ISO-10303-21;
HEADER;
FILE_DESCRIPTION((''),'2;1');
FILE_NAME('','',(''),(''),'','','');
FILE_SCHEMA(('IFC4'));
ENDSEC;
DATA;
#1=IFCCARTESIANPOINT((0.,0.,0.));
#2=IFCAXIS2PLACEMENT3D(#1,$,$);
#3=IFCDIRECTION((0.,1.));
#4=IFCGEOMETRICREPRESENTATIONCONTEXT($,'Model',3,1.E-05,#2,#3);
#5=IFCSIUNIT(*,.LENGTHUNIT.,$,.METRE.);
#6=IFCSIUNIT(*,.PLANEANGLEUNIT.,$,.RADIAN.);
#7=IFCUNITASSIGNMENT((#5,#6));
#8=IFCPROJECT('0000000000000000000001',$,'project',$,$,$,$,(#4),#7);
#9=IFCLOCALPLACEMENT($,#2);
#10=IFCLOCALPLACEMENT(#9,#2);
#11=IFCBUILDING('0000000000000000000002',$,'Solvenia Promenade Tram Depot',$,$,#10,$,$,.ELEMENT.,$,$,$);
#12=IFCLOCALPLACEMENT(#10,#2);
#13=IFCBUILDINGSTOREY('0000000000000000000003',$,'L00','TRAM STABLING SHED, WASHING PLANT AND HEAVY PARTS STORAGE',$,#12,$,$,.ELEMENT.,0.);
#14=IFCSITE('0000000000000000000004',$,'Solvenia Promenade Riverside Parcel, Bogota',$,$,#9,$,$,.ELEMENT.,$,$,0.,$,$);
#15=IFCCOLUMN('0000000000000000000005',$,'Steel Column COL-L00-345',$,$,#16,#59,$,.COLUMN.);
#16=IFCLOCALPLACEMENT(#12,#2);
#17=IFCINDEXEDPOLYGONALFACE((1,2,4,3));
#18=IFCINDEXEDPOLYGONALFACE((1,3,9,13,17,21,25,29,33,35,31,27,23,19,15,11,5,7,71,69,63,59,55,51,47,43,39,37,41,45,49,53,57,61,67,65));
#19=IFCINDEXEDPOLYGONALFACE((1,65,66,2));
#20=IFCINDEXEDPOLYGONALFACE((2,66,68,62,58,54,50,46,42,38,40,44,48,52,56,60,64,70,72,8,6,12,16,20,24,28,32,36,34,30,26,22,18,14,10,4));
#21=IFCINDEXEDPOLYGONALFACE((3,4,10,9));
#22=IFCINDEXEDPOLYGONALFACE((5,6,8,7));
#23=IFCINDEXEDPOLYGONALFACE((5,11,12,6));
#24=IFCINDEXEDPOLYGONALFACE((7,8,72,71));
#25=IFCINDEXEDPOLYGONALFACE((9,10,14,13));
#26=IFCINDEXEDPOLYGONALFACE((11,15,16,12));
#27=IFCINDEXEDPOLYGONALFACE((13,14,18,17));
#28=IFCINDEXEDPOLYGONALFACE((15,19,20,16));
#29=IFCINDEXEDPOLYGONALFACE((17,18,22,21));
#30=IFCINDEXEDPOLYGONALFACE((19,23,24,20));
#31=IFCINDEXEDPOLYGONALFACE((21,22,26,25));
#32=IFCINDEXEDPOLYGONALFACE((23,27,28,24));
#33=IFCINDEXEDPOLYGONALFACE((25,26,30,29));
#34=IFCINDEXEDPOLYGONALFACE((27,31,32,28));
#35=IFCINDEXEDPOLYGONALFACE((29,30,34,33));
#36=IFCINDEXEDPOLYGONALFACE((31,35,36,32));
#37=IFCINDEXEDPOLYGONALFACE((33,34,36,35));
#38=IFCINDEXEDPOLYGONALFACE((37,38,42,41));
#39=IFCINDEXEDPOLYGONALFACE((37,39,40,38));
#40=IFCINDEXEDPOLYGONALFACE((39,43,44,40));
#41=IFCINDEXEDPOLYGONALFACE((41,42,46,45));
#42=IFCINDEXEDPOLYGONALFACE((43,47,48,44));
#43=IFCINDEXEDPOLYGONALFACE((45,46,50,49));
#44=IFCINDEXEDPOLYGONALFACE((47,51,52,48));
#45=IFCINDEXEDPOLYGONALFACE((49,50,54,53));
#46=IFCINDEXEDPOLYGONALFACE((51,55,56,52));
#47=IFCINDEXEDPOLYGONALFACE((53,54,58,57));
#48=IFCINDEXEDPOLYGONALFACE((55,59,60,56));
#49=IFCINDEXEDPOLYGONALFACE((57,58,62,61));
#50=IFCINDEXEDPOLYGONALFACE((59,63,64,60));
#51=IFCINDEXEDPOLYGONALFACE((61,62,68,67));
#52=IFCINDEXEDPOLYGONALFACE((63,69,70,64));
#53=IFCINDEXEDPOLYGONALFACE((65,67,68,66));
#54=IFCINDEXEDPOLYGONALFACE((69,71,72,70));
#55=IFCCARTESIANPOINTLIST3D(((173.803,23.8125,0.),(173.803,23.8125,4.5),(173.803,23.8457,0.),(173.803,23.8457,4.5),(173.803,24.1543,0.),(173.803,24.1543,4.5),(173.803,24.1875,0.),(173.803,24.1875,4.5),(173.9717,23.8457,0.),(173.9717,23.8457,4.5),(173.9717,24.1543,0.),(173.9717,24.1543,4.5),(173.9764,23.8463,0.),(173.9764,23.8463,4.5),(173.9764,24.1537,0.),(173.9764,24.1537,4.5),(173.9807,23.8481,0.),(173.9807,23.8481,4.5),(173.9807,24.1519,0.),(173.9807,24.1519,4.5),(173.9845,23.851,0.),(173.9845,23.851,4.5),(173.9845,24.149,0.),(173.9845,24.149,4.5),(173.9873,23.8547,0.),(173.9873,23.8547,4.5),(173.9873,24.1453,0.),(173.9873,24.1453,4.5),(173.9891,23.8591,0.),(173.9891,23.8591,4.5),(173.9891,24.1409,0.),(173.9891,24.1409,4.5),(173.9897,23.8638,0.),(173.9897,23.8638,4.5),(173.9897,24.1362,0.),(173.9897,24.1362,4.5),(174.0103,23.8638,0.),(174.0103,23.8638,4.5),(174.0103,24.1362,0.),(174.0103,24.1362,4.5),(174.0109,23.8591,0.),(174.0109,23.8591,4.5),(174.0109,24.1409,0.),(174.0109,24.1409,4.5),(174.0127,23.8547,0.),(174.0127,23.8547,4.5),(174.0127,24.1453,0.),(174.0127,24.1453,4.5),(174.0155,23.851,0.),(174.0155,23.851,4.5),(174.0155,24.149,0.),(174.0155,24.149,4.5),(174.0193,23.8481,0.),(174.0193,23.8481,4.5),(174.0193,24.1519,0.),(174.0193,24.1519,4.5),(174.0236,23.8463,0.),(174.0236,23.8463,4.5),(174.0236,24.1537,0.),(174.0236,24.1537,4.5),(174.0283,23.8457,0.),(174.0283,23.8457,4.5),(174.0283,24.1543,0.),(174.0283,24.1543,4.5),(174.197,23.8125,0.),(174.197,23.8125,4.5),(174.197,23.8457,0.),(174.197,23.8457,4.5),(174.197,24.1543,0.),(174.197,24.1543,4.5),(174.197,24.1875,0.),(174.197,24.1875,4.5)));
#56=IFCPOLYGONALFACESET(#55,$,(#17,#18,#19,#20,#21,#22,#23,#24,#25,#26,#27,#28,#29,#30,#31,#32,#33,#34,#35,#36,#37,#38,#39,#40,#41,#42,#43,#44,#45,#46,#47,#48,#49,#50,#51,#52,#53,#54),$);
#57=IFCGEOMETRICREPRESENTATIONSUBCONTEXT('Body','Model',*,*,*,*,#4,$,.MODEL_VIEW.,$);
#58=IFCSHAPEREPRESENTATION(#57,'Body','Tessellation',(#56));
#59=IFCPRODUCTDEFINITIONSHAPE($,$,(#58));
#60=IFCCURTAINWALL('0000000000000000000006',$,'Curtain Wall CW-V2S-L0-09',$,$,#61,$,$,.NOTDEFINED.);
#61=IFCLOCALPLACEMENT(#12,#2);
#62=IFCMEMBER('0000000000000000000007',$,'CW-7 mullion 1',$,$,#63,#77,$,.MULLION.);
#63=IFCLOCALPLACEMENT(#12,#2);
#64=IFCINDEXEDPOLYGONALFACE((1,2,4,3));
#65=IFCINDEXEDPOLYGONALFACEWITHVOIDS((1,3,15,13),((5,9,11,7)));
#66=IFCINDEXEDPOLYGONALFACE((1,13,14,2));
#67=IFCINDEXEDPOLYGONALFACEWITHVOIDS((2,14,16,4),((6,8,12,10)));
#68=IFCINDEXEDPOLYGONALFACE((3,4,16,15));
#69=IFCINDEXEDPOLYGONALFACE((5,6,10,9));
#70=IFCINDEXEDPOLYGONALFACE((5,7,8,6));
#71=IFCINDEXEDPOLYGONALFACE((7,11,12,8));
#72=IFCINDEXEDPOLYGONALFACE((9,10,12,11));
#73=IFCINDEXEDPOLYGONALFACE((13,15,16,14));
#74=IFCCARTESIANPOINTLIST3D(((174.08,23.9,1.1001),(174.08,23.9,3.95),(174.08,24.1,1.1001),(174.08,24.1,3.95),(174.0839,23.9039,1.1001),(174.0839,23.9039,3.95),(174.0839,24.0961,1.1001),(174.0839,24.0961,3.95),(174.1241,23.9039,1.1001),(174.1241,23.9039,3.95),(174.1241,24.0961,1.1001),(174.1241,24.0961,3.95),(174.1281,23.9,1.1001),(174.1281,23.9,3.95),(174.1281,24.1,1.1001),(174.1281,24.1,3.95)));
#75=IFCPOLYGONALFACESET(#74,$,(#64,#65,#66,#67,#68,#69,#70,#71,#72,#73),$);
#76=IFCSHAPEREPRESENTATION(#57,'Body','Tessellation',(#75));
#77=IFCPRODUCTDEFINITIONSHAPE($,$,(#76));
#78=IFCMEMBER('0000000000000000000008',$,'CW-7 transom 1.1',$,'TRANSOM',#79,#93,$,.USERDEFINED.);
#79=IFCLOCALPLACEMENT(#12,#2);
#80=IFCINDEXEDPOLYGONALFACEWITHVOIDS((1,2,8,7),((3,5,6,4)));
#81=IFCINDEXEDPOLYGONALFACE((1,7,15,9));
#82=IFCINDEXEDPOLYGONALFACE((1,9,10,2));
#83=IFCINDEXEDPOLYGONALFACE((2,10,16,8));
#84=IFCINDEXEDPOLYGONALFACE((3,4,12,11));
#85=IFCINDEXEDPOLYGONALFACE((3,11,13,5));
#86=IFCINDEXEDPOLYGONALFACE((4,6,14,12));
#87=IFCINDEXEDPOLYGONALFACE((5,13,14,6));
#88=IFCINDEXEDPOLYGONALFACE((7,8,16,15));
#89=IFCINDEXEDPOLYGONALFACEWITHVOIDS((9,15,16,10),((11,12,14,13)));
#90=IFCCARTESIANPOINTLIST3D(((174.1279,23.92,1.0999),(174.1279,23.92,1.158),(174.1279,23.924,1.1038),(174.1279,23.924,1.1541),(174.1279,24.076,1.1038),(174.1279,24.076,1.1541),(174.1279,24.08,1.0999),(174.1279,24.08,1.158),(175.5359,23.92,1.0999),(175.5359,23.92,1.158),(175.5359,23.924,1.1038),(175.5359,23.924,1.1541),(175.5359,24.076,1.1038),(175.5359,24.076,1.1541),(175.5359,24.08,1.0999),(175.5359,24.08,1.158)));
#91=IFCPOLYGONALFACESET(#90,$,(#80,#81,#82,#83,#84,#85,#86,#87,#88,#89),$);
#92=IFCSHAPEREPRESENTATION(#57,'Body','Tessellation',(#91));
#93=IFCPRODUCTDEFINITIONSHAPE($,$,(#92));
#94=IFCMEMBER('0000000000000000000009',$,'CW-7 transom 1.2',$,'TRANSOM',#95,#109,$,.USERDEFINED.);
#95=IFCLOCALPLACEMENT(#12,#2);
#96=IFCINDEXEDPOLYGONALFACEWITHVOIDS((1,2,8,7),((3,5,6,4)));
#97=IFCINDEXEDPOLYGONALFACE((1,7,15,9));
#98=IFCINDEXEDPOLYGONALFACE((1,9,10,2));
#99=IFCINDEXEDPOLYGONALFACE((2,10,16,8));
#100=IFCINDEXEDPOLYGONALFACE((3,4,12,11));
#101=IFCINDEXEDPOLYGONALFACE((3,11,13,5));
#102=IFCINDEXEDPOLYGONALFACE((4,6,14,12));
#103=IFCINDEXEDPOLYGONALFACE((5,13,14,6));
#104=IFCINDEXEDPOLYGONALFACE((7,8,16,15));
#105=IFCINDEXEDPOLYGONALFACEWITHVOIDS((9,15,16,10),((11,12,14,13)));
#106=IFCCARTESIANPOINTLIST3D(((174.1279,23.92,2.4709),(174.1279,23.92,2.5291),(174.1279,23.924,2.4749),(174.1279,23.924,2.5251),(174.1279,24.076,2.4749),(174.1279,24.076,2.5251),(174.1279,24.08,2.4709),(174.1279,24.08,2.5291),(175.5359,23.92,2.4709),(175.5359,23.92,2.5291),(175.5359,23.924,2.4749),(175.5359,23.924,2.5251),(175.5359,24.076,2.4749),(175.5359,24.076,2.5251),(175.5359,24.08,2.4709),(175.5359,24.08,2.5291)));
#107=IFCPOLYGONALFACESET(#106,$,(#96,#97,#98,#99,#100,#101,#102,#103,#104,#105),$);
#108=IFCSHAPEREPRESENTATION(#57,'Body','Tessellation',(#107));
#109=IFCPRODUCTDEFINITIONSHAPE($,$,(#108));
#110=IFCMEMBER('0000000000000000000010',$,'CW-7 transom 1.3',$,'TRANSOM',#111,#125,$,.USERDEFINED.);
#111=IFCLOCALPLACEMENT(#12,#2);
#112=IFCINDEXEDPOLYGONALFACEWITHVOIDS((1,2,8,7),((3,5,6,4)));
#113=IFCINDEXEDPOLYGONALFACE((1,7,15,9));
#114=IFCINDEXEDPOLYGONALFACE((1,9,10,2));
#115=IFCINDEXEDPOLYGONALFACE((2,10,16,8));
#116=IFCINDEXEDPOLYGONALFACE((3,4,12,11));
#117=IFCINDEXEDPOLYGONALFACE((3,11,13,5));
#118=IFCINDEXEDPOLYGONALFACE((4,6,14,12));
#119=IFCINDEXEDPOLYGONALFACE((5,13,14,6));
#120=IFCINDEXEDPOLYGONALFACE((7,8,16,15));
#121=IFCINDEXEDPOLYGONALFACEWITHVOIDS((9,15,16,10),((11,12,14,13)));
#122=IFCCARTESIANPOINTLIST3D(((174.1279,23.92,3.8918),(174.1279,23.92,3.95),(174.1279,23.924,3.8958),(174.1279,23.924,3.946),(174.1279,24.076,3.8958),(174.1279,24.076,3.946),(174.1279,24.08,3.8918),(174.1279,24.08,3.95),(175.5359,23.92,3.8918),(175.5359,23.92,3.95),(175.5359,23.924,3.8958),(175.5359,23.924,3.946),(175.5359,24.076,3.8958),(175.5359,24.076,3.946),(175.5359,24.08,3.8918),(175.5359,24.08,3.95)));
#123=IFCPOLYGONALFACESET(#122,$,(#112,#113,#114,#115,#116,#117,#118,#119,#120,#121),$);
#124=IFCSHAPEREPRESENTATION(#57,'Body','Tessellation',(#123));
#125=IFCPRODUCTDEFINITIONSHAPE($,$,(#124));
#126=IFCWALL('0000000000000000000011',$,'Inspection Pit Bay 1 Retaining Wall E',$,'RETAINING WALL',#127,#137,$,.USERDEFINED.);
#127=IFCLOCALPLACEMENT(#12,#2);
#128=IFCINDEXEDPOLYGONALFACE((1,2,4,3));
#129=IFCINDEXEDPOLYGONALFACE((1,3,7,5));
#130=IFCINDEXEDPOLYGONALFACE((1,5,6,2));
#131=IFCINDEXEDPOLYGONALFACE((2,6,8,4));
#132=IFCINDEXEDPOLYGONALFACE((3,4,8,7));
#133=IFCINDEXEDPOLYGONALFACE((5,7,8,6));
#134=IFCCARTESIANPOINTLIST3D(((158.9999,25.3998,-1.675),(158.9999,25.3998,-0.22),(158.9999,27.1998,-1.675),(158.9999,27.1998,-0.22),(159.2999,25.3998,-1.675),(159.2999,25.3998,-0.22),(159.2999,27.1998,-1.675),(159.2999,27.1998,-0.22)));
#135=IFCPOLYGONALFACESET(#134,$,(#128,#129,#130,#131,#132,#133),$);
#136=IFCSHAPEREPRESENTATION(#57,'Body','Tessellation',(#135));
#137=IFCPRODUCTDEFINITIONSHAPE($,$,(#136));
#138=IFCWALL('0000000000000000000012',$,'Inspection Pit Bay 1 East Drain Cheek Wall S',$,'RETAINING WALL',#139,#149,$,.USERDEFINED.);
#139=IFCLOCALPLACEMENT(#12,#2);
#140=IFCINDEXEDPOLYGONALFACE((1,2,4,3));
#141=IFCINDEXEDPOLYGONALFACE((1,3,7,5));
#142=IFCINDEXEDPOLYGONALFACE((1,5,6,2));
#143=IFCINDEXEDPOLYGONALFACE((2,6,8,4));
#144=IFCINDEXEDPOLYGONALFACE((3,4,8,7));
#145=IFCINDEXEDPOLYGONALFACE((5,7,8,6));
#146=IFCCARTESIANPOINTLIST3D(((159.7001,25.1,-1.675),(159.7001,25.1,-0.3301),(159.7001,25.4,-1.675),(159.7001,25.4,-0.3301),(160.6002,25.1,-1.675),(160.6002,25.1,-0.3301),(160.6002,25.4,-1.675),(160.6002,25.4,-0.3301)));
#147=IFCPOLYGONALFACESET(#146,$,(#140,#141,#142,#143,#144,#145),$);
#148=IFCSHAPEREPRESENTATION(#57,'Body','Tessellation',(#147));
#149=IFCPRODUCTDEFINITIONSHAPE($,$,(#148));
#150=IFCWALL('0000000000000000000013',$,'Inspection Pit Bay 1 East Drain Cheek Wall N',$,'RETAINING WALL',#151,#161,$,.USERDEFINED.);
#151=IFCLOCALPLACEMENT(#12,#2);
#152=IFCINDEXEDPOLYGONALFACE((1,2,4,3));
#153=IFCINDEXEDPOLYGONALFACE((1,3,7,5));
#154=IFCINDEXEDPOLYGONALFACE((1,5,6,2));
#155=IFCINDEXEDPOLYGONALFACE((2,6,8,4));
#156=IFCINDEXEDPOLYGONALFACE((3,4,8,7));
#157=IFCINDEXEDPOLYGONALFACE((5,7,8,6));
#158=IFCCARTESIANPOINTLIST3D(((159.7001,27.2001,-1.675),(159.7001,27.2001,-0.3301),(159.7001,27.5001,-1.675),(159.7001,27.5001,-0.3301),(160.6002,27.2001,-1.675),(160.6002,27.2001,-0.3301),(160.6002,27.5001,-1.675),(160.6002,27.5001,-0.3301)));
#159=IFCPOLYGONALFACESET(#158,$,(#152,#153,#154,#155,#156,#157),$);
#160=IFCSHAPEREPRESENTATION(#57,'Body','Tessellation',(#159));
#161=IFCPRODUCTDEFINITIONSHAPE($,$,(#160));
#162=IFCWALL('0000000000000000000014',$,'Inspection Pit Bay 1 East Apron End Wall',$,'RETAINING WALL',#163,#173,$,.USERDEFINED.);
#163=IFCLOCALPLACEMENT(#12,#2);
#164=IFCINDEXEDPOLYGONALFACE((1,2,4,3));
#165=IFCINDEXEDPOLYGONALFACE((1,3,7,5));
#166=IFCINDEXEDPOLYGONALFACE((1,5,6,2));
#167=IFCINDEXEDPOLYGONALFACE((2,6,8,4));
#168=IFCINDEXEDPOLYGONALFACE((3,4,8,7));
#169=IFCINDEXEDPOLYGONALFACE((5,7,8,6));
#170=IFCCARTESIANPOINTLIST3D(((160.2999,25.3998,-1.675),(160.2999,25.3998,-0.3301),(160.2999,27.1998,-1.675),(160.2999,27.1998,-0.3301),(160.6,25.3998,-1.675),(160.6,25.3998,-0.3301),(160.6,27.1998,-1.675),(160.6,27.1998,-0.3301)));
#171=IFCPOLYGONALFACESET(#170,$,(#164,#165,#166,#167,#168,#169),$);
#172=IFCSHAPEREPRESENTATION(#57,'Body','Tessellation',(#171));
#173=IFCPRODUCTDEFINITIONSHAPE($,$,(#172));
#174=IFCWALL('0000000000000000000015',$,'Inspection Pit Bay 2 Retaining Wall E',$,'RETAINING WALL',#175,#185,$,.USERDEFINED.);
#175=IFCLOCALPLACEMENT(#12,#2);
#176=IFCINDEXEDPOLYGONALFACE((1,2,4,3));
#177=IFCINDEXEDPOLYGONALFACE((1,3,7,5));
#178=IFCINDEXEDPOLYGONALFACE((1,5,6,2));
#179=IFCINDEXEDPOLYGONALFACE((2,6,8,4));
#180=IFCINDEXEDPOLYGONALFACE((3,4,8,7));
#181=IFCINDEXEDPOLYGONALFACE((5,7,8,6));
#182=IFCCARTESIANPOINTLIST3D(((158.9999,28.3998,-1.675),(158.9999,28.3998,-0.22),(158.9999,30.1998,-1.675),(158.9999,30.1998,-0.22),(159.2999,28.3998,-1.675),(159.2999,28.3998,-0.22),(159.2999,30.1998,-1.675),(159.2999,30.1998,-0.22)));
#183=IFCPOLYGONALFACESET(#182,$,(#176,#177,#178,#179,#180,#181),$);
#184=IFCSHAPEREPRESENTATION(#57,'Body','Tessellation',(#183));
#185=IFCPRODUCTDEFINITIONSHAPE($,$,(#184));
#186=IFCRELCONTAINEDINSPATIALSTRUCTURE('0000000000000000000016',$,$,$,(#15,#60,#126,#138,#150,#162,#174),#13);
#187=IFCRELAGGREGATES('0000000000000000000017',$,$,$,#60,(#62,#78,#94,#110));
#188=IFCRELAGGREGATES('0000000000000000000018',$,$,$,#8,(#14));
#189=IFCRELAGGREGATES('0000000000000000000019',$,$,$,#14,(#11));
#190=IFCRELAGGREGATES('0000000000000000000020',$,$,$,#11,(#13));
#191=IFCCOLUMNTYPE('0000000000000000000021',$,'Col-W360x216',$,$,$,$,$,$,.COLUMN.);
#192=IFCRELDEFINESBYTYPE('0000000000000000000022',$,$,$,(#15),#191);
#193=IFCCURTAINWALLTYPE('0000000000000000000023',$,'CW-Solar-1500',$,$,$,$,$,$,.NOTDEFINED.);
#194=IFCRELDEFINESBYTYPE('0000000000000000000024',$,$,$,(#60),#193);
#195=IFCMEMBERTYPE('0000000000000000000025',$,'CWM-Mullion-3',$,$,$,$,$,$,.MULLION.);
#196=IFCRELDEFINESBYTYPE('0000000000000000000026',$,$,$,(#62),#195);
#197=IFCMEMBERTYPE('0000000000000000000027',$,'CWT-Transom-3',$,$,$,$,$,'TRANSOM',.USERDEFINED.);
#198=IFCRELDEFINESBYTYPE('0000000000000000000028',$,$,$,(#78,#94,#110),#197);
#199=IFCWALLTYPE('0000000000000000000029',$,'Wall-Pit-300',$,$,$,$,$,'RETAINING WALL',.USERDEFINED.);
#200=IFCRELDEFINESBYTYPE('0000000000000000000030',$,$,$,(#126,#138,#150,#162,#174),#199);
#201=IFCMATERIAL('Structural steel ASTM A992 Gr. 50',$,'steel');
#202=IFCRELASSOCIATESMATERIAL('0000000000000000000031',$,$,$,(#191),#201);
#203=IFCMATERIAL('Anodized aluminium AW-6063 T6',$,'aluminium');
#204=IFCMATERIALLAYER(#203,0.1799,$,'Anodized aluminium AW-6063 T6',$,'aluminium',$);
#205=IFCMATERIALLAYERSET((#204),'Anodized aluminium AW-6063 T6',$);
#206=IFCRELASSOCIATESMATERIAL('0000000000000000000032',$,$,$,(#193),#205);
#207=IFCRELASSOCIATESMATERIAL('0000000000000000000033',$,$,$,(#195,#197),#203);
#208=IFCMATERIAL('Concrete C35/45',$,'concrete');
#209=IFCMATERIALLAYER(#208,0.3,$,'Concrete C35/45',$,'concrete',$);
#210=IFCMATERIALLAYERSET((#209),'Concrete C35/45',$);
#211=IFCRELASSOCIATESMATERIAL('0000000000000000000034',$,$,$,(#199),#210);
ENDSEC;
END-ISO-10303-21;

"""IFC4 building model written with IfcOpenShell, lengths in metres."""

from ifc_helpers import new_model, si_unit, direction, frame, frame_2d, origin, origin_2d, place, context, subcontext, project, spatial, rectangle, hollow_rectangle, i_section, extrude, material, layer, layer_set, material_profile, profile_set, type_object, element, aggregate, save


model = new_model("IFC4")

# Units and contexts
model_context = context("Model", 3, precision=1e-05, world=origin(), true_north=direction((0.0, 1.0)))
body_context = subcontext(model_context, "Body", "Model", "MODEL_VIEW")
ifc_project = project(units=[si_unit("LENGTHUNIT", "METRE"), si_unit("PLANEANGLEUNIT", "RADIAN")], contexts=[model_context])

# Site, building, storey
site_placement = place(None, origin())
site = spatial("IfcSite", under=ifc_project, at=site_placement, Name="Solvenia Promenade Riverside Parcel, Bogota", CompositionType="ELEMENT", RefElevation=0.0)
building_placement = place(site_placement, origin())
building = spatial("IfcBuilding", under=site, at=building_placement, Name="Solvenia Promenade Tram Depot", CompositionType="ELEMENT")
storey_placement = place(building_placement, origin())
storey = spatial("IfcBuildingStorey", under=building, at=storey_placement, Name="L00", Description="TRAM STABLING SHED, WASHING PLANT AND HEAVY PARTS STORAGE", CompositionType="ELEMENT", Elevation=0.0)

# Column
ifc_material_1 = material(Name="Structural steel ASTM A992 Gr. 50", Category="steel")
ifc_material_profile_1 = material_profile(ifc_material_1, i_section(OverallWidth=0.394, OverallDepth=0.375, WebThickness=0.0205, FlangeThickness=0.0332, FilletRadius=0.0181, at=origin_2d()), Name="W360x216", Category="steel")
ifc_profile_set_1 = profile_set([ifc_material_profile_1], Name="Structural steel ASTM A992 Gr. 50")
column_type = type_object("IfcColumnType", Name="Col-W360x216", PredefinedType="COLUMN", material=ifc_profile_set_1)
column_placement = place(storey_placement, frame((174.0, 24.0, 0.0), z_axis=(0.0, 0.0, 1.0), x_axis=(1.0, 0.0, 0.0)))
element("IfcColumn", 1, at=column_placement, inside=storey, type_object=column_type, Name="Steel Column COL-L00-345", PredefinedType="COLUMN", context=body_context, shape_type="SweptSolid", body=[
    extrude(i_section(OverallWidth=0.394, OverallDepth=0.375, WebThickness=0.0205, FlangeThickness=0.0332, FilletRadius=0.0181, at=origin_2d()), origin(), (0.0, 0.0, 1.0), 4.5),
])

# Curtain wall, members
ifc_material_2 = material(Name="Anodized aluminium AW-6063 T6", Category="aluminium")
ifc_layer_1 = layer(ifc_material_2, 0.1799, Name="Anodized aluminium AW-6063 T6", Category="aluminium")
ifc_layer_set_1 = layer_set([ifc_layer_1], Name="Anodized aluminium AW-6063 T6")
curtain_wall_type = type_object("IfcCurtainWallType", Name="CW-Solar-1500", PredefinedType="NOTDEFINED", material=ifc_layer_set_1)
curtain_wall_placement = place(storey_placement, origin())
curtain_wall = element("IfcCurtainWall", 2, at=curtain_wall_placement, inside=storey, type_object=curtain_wall_type, Name="Curtain Wall CW-V2S-L0-09", PredefinedType="NOTDEFINED")
ifc_material_profile_2 = material_profile(ifc_material_2, hollow_rectangle(XDim=0.2, YDim=0.0481, WallThickness=0.0039, at=origin_2d()), Name="ALU-M3", Category="aluminium")
ifc_profile_set_2 = profile_set([ifc_material_profile_2], Name="Anodized aluminium AW-6063 T6")
member_type_1 = type_object("IfcMemberType", Name="CWM-Mullion-3", PredefinedType="MULLION", material=ifc_profile_set_2)
member_1_placement = place(storey_placement, frame((174.104, 24.0, 1.1001), z_axis=(0.0, 0.0, 1.0), x_axis=(0.0, 1.0, 0.0)))
member_1 = element("IfcMember", 3, at=member_1_placement, type_object=member_type_1, Name="CW-7 mullion 1", PredefinedType="MULLION", context=body_context, shape_type="SweptSolid", body=[
    extrude(hollow_rectangle(XDim=0.2, YDim=0.0481, WallThickness=0.0039, at=origin_2d()), origin(), (0.0, 0.0, 1.0), 2.8499),
])
ifc_material_profile_3 = material_profile(ifc_material_2, hollow_rectangle(XDim=0.1599, YDim=0.0581, WallThickness=0.0039, at=origin_2d()), Name="ALU-T3", Category="aluminium")
ifc_profile_set_3 = profile_set([ifc_material_profile_3], Name="Anodized aluminium AW-6063 T6")
member_type_2 = type_object("IfcMemberType", Name="CWT-Transom-3", ElementType="TRANSOM", PredefinedType="USERDEFINED", material=ifc_profile_set_3)
member_2_placement = place(storey_placement, frame((174.1279, 24.0, 1.1289), z_axis=(1.0, 0.0, 0.0), x_axis=(0.0, 1.0, 0.0)))
member_2 = element("IfcMember", 4, at=member_2_placement, type_object=member_type_2, Name="CW-7 transom 1.1", ObjectType="TRANSOM", PredefinedType="USERDEFINED", context=body_context, shape_type="SweptSolid", body=[
    extrude(hollow_rectangle(XDim=0.1599, YDim=0.0581, WallThickness=0.0039, at=origin_2d()), origin(), (0.0, 0.0, 1.0), 1.408),
])
member_3_placement = place(storey_placement, frame((174.1279, 24.0, 2.5), z_axis=(1.0, 0.0, 0.0), x_axis=(0.0, 1.0, 0.0)))
member_3 = element("IfcMember", 5, at=member_3_placement, type_object=member_type_2, Name="CW-7 transom 1.2", ObjectType="TRANSOM", PredefinedType="USERDEFINED", context=body_context, shape_type="SweptSolid", body=[
    extrude(hollow_rectangle(XDim=0.1599, YDim=0.0581, WallThickness=0.0039, at=origin_2d()), origin(), (0.0, 0.0, 1.0), 1.408),
])
member_4_placement = place(storey_placement, frame((174.1279, 24.0, 3.9209), z_axis=(1.0, 0.0, 0.0), x_axis=(0.0, 1.0, 0.0)))
member_4 = element("IfcMember", 6, at=member_4_placement, type_object=member_type_2, Name="CW-7 transom 1.3", ObjectType="TRANSOM", PredefinedType="USERDEFINED", context=body_context, shape_type="SweptSolid", body=[
    extrude(hollow_rectangle(XDim=0.1599, YDim=0.0581, WallThickness=0.0039, at=origin_2d()), origin(), (0.0, 0.0, 1.0), 1.408),
])
aggregate(curtain_wall, [member_1, member_2, member_3, member_4])

# Walls
ifc_material_3 = material(Name="Concrete C35/45", Category="concrete")
ifc_layer_2 = layer(ifc_material_3, 0.3, Name="Concrete C35/45", Category="concrete")
ifc_layer_set_2 = layer_set([ifc_layer_2], Name="Concrete C35/45")
wall_type_1 = type_object("IfcWallType", Name="Wall-Pit-300", ElementType="RETAINING WALL", PredefinedType="USERDEFINED", material=ifc_layer_set_2)
wall_1_placement = place(storey_placement, frame((159.1499, 25.3999, -1.675), z_axis=(0.0, 0.0, 1.0), x_axis=(0.0, 1.0, 0.0)))
element("IfcWall", 7, at=wall_1_placement, inside=storey, type_object=wall_type_1, Name="Inspection Pit Bay 1 Retaining Wall E", ObjectType="RETAINING WALL", PredefinedType="USERDEFINED", context=body_context, shape_type="SweptSolid", body=[
    extrude(rectangle(XDim=1.8, YDim=0.3, at=frame_2d((0.8999, 0.0))), origin(), (0.0, 0.0, 1.0), 1.4551),
])
for number, where, z_axis, x_axis, name in (
    (8, (159.7, 25.25, -1.675), (0.0, 0.0, 1.0), (1.0, 0.0, 0.0), "Inspection Pit Bay 1 East Drain Cheek Wall S"),
    (9, (159.7, 27.3501, -1.675), (0.0, 0.0, 1.0), (1.0, 0.0, 0.0), "Inspection Pit Bay 1 East Drain Cheek Wall N"),
):
    element("IfcWall", number, at=place(storey_placement, frame(where, z_axis=z_axis, x_axis=x_axis)), inside=storey, type_object=wall_type_1, Name=name, ObjectType="RETAINING WALL", PredefinedType="USERDEFINED", context=body_context, shape_type="SweptSolid", body=[
        extrude(rectangle(XDim=0.9001, YDim=0.3, at=frame_2d((0.4502, 0.0))), origin(), (0.0, 0.0, 1.0), 1.345),
    ])
wall_2_placement = place(storey_placement, frame((160.45, 25.3999, -1.675), z_axis=(0.0, 0.0, 1.0), x_axis=(0.0, 1.0, 0.0)))
element("IfcWall", 10, at=wall_2_placement, inside=storey, type_object=wall_type_1, Name="Inspection Pit Bay 1 East Apron End Wall", ObjectType="RETAINING WALL", PredefinedType="USERDEFINED", context=body_context, shape_type="SweptSolid", body=[
    extrude(rectangle(XDim=1.8, YDim=0.3, at=frame_2d((0.8999, 0.0))), origin(), (0.0, 0.0, 1.0), 1.345),
])
wall_3_placement = place(storey_placement, frame((159.1499, 28.3999, -1.675), z_axis=(0.0, 0.0, 1.0), x_axis=(0.0, 1.0, 0.0)))
element("IfcWall", 11, at=wall_3_placement, inside=storey, type_object=wall_type_1, Name="Inspection Pit Bay 2 Retaining Wall E", ObjectType="RETAINING WALL", PredefinedType="USERDEFINED", context=body_context, shape_type="SweptSolid", body=[
    extrude(rectangle(XDim=1.8, YDim=0.3, at=frame_2d((0.8999, 0.0))), origin(), (0.0, 0.0, 1.0), 1.4551),
])

save(model, "model.ifc")
